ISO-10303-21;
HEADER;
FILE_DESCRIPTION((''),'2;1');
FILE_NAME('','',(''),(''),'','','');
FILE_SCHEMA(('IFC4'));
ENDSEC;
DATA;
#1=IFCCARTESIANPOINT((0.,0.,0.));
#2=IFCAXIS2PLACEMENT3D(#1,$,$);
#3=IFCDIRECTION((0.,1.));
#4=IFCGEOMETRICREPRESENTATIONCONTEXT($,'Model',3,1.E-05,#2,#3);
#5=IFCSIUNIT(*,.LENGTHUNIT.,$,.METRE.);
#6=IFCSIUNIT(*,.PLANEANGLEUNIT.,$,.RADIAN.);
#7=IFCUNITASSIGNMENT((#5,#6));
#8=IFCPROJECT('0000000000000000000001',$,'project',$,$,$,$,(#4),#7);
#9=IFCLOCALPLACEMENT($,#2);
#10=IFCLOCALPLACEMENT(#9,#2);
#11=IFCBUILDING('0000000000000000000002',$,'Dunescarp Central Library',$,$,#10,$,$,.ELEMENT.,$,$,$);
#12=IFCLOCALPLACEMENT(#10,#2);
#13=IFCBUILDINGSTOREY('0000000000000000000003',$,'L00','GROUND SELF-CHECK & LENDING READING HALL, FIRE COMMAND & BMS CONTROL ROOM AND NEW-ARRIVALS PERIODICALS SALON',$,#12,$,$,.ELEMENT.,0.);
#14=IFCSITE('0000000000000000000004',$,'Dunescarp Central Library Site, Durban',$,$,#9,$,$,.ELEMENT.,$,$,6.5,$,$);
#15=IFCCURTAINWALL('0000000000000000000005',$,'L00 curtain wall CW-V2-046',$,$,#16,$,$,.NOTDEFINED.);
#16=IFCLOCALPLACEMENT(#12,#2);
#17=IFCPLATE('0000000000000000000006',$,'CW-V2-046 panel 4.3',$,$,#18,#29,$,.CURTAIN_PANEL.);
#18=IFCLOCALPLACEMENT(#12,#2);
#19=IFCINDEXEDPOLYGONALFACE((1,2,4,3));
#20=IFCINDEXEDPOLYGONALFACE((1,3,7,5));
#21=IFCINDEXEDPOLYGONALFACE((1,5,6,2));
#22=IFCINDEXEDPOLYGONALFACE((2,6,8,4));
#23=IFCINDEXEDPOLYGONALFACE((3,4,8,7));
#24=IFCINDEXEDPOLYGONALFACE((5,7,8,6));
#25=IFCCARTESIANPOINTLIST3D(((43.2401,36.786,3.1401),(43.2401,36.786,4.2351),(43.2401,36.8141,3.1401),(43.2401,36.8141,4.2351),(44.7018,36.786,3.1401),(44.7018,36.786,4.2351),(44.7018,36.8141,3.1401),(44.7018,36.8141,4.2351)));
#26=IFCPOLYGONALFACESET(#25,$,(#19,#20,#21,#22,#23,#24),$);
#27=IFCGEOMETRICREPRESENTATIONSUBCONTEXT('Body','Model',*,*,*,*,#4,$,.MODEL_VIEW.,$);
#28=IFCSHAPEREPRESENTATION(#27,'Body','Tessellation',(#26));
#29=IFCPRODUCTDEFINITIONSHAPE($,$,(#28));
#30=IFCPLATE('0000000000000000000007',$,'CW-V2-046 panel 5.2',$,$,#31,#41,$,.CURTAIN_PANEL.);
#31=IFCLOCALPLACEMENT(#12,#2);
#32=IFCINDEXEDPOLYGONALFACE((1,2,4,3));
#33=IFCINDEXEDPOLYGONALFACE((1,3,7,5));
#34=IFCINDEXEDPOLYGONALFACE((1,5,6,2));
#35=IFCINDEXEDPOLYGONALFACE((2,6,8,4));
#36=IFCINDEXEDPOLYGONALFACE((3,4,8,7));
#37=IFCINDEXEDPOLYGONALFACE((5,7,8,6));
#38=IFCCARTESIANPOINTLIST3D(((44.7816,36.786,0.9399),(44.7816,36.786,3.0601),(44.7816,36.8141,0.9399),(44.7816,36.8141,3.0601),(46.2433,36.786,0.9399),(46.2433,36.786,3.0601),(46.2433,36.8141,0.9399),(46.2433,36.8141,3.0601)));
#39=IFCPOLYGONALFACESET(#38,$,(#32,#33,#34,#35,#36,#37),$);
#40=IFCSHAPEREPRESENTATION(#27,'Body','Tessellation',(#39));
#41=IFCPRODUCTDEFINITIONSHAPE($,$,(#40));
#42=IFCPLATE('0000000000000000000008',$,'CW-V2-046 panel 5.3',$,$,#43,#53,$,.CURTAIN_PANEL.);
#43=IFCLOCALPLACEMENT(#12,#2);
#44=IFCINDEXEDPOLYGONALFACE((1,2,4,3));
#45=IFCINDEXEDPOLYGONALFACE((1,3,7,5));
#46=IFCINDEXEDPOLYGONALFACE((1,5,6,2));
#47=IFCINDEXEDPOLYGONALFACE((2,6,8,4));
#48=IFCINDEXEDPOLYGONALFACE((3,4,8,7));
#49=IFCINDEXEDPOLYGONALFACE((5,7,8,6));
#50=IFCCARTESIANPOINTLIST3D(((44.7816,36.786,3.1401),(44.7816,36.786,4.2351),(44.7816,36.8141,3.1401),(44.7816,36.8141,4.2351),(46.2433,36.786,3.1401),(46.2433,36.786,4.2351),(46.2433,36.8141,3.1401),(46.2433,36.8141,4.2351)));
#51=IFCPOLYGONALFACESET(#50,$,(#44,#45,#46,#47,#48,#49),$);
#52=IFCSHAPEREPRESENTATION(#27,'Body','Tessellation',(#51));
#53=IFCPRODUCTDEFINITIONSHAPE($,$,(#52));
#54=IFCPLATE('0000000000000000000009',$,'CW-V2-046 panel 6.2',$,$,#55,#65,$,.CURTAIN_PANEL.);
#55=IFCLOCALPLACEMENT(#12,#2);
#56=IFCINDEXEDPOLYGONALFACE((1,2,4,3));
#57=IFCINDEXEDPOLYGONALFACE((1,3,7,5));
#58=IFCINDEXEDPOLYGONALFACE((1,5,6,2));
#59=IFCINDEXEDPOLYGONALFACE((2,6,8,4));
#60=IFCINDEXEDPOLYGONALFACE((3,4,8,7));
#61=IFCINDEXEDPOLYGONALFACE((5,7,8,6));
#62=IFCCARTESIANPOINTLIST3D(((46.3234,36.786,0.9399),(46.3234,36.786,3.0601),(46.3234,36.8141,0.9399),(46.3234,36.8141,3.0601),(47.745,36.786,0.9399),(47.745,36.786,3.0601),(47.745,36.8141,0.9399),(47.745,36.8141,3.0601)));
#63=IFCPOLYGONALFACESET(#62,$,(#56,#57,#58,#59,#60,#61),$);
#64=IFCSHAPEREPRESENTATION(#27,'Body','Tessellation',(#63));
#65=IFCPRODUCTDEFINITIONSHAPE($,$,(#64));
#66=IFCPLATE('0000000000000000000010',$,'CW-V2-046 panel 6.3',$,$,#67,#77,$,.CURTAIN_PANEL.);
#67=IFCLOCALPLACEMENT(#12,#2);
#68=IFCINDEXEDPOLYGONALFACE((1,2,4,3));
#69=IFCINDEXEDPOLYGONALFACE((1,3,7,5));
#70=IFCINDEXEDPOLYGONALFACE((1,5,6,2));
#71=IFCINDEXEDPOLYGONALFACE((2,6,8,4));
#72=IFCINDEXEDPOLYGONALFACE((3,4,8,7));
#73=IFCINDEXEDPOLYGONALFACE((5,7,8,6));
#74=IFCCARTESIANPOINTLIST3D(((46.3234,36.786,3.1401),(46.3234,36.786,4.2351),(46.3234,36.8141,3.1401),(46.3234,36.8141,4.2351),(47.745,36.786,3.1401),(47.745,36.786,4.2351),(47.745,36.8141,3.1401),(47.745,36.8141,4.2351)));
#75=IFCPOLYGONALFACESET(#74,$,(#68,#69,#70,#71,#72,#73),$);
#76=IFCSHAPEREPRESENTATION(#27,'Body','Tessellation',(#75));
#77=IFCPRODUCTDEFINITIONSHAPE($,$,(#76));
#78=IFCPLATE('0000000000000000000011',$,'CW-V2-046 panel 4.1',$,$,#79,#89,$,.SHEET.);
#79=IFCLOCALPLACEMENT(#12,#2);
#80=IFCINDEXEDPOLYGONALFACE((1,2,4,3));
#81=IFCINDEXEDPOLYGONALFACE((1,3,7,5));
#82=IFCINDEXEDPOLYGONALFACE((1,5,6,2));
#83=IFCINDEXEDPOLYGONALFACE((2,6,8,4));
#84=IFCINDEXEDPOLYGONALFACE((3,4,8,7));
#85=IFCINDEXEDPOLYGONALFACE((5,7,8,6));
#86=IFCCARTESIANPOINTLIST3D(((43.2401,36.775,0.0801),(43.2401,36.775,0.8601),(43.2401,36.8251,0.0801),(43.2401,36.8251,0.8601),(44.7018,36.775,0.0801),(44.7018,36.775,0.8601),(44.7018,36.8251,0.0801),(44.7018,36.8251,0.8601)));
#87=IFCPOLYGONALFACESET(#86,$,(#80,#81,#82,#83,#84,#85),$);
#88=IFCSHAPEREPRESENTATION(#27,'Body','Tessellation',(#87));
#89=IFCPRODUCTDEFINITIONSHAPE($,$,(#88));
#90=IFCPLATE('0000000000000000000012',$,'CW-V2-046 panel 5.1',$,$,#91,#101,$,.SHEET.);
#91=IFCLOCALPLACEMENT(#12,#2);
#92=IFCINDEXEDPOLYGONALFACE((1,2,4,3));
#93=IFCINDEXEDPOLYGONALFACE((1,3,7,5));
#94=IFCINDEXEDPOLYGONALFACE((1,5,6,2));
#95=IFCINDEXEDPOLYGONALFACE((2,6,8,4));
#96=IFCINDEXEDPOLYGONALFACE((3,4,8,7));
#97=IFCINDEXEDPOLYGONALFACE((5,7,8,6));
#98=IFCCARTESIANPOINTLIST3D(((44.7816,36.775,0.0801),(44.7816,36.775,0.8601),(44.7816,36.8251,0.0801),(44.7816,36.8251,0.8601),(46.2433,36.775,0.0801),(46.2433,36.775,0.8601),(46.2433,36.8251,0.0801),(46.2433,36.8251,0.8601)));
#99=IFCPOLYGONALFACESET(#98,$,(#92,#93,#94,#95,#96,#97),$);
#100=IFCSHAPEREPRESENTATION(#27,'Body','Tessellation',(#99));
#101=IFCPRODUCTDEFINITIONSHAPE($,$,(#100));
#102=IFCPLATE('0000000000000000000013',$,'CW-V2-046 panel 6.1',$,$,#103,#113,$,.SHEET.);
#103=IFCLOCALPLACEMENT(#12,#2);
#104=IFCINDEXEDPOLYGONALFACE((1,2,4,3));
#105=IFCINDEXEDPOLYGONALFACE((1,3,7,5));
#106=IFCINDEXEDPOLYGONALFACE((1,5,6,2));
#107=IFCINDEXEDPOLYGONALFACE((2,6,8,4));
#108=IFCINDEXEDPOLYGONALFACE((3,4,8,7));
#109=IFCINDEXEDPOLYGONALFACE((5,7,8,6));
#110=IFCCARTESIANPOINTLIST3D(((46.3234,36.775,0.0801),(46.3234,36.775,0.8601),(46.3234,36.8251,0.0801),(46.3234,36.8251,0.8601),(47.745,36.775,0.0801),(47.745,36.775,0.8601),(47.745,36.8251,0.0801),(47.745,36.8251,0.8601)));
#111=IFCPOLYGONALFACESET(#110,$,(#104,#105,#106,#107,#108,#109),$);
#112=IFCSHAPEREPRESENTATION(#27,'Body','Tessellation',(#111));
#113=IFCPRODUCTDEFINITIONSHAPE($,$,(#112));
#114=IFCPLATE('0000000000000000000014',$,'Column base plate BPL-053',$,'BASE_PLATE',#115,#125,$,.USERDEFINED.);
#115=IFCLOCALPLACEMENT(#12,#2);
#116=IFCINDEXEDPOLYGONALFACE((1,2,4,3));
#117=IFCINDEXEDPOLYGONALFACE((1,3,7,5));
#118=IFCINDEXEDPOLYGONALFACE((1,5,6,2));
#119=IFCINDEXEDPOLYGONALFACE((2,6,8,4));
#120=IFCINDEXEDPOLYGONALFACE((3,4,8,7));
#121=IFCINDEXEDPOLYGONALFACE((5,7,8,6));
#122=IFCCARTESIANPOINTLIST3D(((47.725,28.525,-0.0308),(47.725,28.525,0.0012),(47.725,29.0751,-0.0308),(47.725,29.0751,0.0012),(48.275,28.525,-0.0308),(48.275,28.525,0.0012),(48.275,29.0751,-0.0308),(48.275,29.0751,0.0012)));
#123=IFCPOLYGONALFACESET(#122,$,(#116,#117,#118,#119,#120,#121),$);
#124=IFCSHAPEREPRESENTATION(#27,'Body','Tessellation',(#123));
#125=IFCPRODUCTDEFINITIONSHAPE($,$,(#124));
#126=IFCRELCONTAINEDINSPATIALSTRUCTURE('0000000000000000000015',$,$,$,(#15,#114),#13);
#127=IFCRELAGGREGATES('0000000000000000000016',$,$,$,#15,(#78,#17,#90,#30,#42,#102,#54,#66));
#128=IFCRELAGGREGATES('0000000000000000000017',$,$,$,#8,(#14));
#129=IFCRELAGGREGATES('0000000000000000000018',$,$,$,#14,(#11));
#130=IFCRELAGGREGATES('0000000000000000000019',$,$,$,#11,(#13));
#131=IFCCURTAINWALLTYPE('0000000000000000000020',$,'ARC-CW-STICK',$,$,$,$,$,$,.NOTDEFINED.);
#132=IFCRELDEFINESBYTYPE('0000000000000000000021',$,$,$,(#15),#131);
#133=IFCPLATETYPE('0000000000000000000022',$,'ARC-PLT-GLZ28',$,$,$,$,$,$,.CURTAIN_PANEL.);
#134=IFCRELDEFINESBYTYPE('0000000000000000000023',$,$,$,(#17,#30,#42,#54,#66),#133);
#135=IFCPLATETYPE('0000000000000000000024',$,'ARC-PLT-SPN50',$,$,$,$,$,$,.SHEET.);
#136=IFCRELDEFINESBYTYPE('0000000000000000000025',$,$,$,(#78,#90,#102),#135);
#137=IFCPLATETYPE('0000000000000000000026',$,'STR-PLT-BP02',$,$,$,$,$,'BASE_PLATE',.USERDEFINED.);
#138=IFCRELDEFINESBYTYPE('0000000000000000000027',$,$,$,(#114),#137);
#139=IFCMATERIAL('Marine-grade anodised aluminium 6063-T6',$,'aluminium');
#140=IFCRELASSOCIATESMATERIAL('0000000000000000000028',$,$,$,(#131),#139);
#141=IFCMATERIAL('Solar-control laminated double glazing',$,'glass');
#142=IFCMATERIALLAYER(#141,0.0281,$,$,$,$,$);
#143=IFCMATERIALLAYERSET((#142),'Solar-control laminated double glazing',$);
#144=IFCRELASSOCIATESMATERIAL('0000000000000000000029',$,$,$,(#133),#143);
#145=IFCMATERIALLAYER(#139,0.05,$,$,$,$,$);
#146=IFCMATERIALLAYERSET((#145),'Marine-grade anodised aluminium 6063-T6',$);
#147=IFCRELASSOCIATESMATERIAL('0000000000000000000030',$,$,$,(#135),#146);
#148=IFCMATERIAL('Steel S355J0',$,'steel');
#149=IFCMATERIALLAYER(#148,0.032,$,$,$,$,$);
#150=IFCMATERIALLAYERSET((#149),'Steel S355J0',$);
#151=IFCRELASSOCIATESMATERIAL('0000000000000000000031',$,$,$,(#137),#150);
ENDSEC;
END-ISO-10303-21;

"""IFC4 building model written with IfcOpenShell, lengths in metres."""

from ifc_helpers import new_model, si_unit, direction, frame, origin, origin_2d, place, context, subcontext, project, spatial, rectangle, extrude, material, layer, layer_set, type_object, element, aggregate, save


model = new_model("IFC4")

# Units and contexts
model_context = context("Model", 3, precision=1e-05, world=origin(), true_north=direction((0.0, 1.0)))
body_context = subcontext(model_context, "Body", "Model", "MODEL_VIEW")
ifc_project = project(units=[si_unit("LENGTHUNIT", "METRE"), si_unit("PLANEANGLEUNIT", "RADIAN")], contexts=[model_context])

# Site, building, storey
site_placement = place(None, origin())
site = spatial("IfcSite", under=ifc_project, at=site_placement, Name="Dunescarp Central Library Site, Durban", CompositionType="ELEMENT", RefElevation=6.5)
building_placement = place(site_placement, origin())
building = spatial("IfcBuilding", under=site, at=building_placement, Name="Dunescarp Central Library", CompositionType="ELEMENT")
storey_placement = place(building_placement, origin())
storey = spatial("IfcBuildingStorey", under=building, at=storey_placement, Name="L00", Description="GROUND SELF-CHECK & LENDING READING HALL, FIRE COMMAND & BMS CONTROL ROOM AND NEW-ARRIVALS PERIODICALS SALON", CompositionType="ELEMENT", Elevation=0.0)

# Curtain wall, plates
ifc_material_1 = material(Name="Marine-grade anodised aluminium 6063-T6", Category="aluminium")
curtain_wall_type = type_object("IfcCurtainWallType", Name="ARC-CW-STICK", PredefinedType="NOTDEFINED", material=ifc_material_1)
curtain_wall_placement = place(storey_placement, origin())
curtain_wall = element("IfcCurtainWall", 1, at=curtain_wall_placement, inside=storey, type_object=curtain_wall_type, Name="L00 curtain wall CW-V2-046", PredefinedType="NOTDEFINED")
ifc_material_2 = material(Name="Solar-control laminated double glazing", Category="glass")
ifc_layer_1 = layer(ifc_material_2, 0.0281)
ifc_layer_set_1 = layer_set([ifc_layer_1], Name="Solar-control laminated double glazing")
plate_type_1 = type_object("IfcPlateType", Name="ARC-PLT-GLZ28", PredefinedType="CURTAIN_PANEL", material=ifc_layer_set_1)
plate_1_placement = place(storey_placement, frame((43.9709, 36.8, 3.1401), z_axis=(0.0, 0.0, 1.0), x_axis=(1.0, 0.0, 0.0)))
plate_1 = element("IfcPlate", 2, at=plate_1_placement, type_object=plate_type_1, Name="CW-V2-046 panel 4.3", PredefinedType="CURTAIN_PANEL", context=body_context, shape_type="SweptSolid", body=[
    extrude(rectangle(XDim=1.4617, YDim=0.0281, at=origin_2d()), origin(), (0.0, 0.0, 1.0), 1.095),
])
plate_2_placement = place(storey_placement, frame((45.5125, 36.8, 0.9399), z_axis=(0.0, 0.0, 1.0), x_axis=(1.0, 0.0, 0.0)))
plate_2 = element("IfcPlate", 3, at=plate_2_placement, type_object=plate_type_1, Name="CW-V2-046 panel 5.2", PredefinedType="CURTAIN_PANEL", context=body_context, shape_type="SweptSolid", body=[
    extrude(rectangle(XDim=1.4617, YDim=0.0281, at=origin_2d()), origin(), (0.0, 0.0, 1.0), 2.1201),
])
plate_3_placement = place(storey_placement, frame((45.5125, 36.8, 3.1401), z_axis=(0.0, 0.0, 1.0), x_axis=(1.0, 0.0, 0.0)))
plate_3 = element("IfcPlate", 4, at=plate_3_placement, type_object=plate_type_1, Name="CW-V2-046 panel 5.3", PredefinedType="CURTAIN_PANEL", context=body_context, shape_type="SweptSolid", body=[
    extrude(rectangle(XDim=1.4617, YDim=0.0281, at=origin_2d()), origin(), (0.0, 0.0, 1.0), 1.095),
])
plate_4_placement = place(storey_placement, frame((47.0342, 36.8, 0.9399), z_axis=(0.0, 0.0, 1.0), x_axis=(1.0, 0.0, 0.0)))
plate_4 = element("IfcPlate", 5, at=plate_4_placement, type_object=plate_type_1, Name="CW-V2-046 panel 6.2", PredefinedType="CURTAIN_PANEL", context=body_context, shape_type="SweptSolid", body=[
    extrude(rectangle(XDim=1.4216, YDim=0.0281, at=origin_2d()), origin(), (0.0, 0.0, 1.0), 2.1201),
])
plate_5_placement = place(storey_placement, frame((47.0342, 36.8, 3.1401), z_axis=(0.0, 0.0, 1.0), x_axis=(1.0, 0.0, 0.0)))
plate_5 = element("IfcPlate", 6, at=plate_5_placement, type_object=plate_type_1, Name="CW-V2-046 panel 6.3", PredefinedType="CURTAIN_PANEL", context=body_context, shape_type="SweptSolid", body=[
    extrude(rectangle(XDim=1.4216, YDim=0.0281, at=origin_2d()), origin(), (0.0, 0.0, 1.0), 1.095),
])
ifc_layer_2 = layer(ifc_material_1, 0.05)
ifc_layer_set_2 = layer_set([ifc_layer_2], Name="Marine-grade anodised aluminium 6063-T6")
plate_type_2 = type_object("IfcPlateType", Name="ARC-PLT-SPN50", PredefinedType="SHEET", material=ifc_layer_set_2)
plate_6_placement = place(storey_placement, frame((43.9709, 36.8, 0.0801), z_axis=(0.0, 0.0, 1.0), x_axis=(1.0, 0.0, 0.0)))
plate_6 = element("IfcPlate", 7, at=plate_6_placement, type_object=plate_type_2, Name="CW-V2-046 panel 4.1", PredefinedType="SHEET", context=body_context, shape_type="SweptSolid", body=[
    extrude(rectangle(XDim=1.4617, YDim=0.05, at=origin_2d()), origin(), (0.0, 0.0, 1.0), 0.78),
])
plate_7_placement = place(storey_placement, frame((45.5125, 36.8, 0.0801), z_axis=(0.0, 0.0, 1.0), x_axis=(1.0, 0.0, 0.0)))
plate_7 = element("IfcPlate", 8, at=plate_7_placement, type_object=plate_type_2, Name="CW-V2-046 panel 5.1", PredefinedType="SHEET", context=body_context, shape_type="SweptSolid", body=[
    extrude(rectangle(XDim=1.4617, YDim=0.05, at=origin_2d()), origin(), (0.0, 0.0, 1.0), 0.78),
])
plate_8_placement = place(storey_placement, frame((47.0342, 36.8, 0.0801), z_axis=(0.0, 0.0, 1.0), x_axis=(1.0, 0.0, 0.0)))
plate_8 = element("IfcPlate", 9, at=plate_8_placement, type_object=plate_type_2, Name="CW-V2-046 panel 6.1", PredefinedType="SHEET", context=body_context, shape_type="SweptSolid", body=[
    extrude(rectangle(XDim=1.4216, YDim=0.05, at=origin_2d()), origin(), (0.0, 0.0, 1.0), 0.78),
])
aggregate(curtain_wall, [plate_6, plate_1, plate_7, plate_2, plate_3, plate_8, plate_4, plate_5])

# Plate
ifc_material_3 = material(Name="Steel S355J0", Category="steel")
ifc_layer_3 = layer(ifc_material_3, 0.032)
ifc_layer_set_3 = layer_set([ifc_layer_3], Name="Steel S355J0")
plate_type_3 = type_object("IfcPlateType", Name="STR-PLT-BP02", ElementType="BASE_PLATE", PredefinedType="USERDEFINED", material=ifc_layer_set_3)
plate_9_placement = place(storey_placement, frame((48.0, 28.8, -0.0308), z_axis=(0.0, 0.0, 1.0), x_axis=(1.0, 0.0, 0.0)))
element("IfcPlate", 10, at=plate_9_placement, inside=storey, type_object=plate_type_3, Name="Column base plate BPL-053", ObjectType="BASE_PLATE", PredefinedType="USERDEFINED", context=body_context, shape_type="SweptSolid", body=[
    extrude(rectangle(XDim=0.55, YDim=0.55, at=origin_2d()), origin(), (0.0, 0.0, 1.0), 0.032),
])

save(model, "model.ifc")
